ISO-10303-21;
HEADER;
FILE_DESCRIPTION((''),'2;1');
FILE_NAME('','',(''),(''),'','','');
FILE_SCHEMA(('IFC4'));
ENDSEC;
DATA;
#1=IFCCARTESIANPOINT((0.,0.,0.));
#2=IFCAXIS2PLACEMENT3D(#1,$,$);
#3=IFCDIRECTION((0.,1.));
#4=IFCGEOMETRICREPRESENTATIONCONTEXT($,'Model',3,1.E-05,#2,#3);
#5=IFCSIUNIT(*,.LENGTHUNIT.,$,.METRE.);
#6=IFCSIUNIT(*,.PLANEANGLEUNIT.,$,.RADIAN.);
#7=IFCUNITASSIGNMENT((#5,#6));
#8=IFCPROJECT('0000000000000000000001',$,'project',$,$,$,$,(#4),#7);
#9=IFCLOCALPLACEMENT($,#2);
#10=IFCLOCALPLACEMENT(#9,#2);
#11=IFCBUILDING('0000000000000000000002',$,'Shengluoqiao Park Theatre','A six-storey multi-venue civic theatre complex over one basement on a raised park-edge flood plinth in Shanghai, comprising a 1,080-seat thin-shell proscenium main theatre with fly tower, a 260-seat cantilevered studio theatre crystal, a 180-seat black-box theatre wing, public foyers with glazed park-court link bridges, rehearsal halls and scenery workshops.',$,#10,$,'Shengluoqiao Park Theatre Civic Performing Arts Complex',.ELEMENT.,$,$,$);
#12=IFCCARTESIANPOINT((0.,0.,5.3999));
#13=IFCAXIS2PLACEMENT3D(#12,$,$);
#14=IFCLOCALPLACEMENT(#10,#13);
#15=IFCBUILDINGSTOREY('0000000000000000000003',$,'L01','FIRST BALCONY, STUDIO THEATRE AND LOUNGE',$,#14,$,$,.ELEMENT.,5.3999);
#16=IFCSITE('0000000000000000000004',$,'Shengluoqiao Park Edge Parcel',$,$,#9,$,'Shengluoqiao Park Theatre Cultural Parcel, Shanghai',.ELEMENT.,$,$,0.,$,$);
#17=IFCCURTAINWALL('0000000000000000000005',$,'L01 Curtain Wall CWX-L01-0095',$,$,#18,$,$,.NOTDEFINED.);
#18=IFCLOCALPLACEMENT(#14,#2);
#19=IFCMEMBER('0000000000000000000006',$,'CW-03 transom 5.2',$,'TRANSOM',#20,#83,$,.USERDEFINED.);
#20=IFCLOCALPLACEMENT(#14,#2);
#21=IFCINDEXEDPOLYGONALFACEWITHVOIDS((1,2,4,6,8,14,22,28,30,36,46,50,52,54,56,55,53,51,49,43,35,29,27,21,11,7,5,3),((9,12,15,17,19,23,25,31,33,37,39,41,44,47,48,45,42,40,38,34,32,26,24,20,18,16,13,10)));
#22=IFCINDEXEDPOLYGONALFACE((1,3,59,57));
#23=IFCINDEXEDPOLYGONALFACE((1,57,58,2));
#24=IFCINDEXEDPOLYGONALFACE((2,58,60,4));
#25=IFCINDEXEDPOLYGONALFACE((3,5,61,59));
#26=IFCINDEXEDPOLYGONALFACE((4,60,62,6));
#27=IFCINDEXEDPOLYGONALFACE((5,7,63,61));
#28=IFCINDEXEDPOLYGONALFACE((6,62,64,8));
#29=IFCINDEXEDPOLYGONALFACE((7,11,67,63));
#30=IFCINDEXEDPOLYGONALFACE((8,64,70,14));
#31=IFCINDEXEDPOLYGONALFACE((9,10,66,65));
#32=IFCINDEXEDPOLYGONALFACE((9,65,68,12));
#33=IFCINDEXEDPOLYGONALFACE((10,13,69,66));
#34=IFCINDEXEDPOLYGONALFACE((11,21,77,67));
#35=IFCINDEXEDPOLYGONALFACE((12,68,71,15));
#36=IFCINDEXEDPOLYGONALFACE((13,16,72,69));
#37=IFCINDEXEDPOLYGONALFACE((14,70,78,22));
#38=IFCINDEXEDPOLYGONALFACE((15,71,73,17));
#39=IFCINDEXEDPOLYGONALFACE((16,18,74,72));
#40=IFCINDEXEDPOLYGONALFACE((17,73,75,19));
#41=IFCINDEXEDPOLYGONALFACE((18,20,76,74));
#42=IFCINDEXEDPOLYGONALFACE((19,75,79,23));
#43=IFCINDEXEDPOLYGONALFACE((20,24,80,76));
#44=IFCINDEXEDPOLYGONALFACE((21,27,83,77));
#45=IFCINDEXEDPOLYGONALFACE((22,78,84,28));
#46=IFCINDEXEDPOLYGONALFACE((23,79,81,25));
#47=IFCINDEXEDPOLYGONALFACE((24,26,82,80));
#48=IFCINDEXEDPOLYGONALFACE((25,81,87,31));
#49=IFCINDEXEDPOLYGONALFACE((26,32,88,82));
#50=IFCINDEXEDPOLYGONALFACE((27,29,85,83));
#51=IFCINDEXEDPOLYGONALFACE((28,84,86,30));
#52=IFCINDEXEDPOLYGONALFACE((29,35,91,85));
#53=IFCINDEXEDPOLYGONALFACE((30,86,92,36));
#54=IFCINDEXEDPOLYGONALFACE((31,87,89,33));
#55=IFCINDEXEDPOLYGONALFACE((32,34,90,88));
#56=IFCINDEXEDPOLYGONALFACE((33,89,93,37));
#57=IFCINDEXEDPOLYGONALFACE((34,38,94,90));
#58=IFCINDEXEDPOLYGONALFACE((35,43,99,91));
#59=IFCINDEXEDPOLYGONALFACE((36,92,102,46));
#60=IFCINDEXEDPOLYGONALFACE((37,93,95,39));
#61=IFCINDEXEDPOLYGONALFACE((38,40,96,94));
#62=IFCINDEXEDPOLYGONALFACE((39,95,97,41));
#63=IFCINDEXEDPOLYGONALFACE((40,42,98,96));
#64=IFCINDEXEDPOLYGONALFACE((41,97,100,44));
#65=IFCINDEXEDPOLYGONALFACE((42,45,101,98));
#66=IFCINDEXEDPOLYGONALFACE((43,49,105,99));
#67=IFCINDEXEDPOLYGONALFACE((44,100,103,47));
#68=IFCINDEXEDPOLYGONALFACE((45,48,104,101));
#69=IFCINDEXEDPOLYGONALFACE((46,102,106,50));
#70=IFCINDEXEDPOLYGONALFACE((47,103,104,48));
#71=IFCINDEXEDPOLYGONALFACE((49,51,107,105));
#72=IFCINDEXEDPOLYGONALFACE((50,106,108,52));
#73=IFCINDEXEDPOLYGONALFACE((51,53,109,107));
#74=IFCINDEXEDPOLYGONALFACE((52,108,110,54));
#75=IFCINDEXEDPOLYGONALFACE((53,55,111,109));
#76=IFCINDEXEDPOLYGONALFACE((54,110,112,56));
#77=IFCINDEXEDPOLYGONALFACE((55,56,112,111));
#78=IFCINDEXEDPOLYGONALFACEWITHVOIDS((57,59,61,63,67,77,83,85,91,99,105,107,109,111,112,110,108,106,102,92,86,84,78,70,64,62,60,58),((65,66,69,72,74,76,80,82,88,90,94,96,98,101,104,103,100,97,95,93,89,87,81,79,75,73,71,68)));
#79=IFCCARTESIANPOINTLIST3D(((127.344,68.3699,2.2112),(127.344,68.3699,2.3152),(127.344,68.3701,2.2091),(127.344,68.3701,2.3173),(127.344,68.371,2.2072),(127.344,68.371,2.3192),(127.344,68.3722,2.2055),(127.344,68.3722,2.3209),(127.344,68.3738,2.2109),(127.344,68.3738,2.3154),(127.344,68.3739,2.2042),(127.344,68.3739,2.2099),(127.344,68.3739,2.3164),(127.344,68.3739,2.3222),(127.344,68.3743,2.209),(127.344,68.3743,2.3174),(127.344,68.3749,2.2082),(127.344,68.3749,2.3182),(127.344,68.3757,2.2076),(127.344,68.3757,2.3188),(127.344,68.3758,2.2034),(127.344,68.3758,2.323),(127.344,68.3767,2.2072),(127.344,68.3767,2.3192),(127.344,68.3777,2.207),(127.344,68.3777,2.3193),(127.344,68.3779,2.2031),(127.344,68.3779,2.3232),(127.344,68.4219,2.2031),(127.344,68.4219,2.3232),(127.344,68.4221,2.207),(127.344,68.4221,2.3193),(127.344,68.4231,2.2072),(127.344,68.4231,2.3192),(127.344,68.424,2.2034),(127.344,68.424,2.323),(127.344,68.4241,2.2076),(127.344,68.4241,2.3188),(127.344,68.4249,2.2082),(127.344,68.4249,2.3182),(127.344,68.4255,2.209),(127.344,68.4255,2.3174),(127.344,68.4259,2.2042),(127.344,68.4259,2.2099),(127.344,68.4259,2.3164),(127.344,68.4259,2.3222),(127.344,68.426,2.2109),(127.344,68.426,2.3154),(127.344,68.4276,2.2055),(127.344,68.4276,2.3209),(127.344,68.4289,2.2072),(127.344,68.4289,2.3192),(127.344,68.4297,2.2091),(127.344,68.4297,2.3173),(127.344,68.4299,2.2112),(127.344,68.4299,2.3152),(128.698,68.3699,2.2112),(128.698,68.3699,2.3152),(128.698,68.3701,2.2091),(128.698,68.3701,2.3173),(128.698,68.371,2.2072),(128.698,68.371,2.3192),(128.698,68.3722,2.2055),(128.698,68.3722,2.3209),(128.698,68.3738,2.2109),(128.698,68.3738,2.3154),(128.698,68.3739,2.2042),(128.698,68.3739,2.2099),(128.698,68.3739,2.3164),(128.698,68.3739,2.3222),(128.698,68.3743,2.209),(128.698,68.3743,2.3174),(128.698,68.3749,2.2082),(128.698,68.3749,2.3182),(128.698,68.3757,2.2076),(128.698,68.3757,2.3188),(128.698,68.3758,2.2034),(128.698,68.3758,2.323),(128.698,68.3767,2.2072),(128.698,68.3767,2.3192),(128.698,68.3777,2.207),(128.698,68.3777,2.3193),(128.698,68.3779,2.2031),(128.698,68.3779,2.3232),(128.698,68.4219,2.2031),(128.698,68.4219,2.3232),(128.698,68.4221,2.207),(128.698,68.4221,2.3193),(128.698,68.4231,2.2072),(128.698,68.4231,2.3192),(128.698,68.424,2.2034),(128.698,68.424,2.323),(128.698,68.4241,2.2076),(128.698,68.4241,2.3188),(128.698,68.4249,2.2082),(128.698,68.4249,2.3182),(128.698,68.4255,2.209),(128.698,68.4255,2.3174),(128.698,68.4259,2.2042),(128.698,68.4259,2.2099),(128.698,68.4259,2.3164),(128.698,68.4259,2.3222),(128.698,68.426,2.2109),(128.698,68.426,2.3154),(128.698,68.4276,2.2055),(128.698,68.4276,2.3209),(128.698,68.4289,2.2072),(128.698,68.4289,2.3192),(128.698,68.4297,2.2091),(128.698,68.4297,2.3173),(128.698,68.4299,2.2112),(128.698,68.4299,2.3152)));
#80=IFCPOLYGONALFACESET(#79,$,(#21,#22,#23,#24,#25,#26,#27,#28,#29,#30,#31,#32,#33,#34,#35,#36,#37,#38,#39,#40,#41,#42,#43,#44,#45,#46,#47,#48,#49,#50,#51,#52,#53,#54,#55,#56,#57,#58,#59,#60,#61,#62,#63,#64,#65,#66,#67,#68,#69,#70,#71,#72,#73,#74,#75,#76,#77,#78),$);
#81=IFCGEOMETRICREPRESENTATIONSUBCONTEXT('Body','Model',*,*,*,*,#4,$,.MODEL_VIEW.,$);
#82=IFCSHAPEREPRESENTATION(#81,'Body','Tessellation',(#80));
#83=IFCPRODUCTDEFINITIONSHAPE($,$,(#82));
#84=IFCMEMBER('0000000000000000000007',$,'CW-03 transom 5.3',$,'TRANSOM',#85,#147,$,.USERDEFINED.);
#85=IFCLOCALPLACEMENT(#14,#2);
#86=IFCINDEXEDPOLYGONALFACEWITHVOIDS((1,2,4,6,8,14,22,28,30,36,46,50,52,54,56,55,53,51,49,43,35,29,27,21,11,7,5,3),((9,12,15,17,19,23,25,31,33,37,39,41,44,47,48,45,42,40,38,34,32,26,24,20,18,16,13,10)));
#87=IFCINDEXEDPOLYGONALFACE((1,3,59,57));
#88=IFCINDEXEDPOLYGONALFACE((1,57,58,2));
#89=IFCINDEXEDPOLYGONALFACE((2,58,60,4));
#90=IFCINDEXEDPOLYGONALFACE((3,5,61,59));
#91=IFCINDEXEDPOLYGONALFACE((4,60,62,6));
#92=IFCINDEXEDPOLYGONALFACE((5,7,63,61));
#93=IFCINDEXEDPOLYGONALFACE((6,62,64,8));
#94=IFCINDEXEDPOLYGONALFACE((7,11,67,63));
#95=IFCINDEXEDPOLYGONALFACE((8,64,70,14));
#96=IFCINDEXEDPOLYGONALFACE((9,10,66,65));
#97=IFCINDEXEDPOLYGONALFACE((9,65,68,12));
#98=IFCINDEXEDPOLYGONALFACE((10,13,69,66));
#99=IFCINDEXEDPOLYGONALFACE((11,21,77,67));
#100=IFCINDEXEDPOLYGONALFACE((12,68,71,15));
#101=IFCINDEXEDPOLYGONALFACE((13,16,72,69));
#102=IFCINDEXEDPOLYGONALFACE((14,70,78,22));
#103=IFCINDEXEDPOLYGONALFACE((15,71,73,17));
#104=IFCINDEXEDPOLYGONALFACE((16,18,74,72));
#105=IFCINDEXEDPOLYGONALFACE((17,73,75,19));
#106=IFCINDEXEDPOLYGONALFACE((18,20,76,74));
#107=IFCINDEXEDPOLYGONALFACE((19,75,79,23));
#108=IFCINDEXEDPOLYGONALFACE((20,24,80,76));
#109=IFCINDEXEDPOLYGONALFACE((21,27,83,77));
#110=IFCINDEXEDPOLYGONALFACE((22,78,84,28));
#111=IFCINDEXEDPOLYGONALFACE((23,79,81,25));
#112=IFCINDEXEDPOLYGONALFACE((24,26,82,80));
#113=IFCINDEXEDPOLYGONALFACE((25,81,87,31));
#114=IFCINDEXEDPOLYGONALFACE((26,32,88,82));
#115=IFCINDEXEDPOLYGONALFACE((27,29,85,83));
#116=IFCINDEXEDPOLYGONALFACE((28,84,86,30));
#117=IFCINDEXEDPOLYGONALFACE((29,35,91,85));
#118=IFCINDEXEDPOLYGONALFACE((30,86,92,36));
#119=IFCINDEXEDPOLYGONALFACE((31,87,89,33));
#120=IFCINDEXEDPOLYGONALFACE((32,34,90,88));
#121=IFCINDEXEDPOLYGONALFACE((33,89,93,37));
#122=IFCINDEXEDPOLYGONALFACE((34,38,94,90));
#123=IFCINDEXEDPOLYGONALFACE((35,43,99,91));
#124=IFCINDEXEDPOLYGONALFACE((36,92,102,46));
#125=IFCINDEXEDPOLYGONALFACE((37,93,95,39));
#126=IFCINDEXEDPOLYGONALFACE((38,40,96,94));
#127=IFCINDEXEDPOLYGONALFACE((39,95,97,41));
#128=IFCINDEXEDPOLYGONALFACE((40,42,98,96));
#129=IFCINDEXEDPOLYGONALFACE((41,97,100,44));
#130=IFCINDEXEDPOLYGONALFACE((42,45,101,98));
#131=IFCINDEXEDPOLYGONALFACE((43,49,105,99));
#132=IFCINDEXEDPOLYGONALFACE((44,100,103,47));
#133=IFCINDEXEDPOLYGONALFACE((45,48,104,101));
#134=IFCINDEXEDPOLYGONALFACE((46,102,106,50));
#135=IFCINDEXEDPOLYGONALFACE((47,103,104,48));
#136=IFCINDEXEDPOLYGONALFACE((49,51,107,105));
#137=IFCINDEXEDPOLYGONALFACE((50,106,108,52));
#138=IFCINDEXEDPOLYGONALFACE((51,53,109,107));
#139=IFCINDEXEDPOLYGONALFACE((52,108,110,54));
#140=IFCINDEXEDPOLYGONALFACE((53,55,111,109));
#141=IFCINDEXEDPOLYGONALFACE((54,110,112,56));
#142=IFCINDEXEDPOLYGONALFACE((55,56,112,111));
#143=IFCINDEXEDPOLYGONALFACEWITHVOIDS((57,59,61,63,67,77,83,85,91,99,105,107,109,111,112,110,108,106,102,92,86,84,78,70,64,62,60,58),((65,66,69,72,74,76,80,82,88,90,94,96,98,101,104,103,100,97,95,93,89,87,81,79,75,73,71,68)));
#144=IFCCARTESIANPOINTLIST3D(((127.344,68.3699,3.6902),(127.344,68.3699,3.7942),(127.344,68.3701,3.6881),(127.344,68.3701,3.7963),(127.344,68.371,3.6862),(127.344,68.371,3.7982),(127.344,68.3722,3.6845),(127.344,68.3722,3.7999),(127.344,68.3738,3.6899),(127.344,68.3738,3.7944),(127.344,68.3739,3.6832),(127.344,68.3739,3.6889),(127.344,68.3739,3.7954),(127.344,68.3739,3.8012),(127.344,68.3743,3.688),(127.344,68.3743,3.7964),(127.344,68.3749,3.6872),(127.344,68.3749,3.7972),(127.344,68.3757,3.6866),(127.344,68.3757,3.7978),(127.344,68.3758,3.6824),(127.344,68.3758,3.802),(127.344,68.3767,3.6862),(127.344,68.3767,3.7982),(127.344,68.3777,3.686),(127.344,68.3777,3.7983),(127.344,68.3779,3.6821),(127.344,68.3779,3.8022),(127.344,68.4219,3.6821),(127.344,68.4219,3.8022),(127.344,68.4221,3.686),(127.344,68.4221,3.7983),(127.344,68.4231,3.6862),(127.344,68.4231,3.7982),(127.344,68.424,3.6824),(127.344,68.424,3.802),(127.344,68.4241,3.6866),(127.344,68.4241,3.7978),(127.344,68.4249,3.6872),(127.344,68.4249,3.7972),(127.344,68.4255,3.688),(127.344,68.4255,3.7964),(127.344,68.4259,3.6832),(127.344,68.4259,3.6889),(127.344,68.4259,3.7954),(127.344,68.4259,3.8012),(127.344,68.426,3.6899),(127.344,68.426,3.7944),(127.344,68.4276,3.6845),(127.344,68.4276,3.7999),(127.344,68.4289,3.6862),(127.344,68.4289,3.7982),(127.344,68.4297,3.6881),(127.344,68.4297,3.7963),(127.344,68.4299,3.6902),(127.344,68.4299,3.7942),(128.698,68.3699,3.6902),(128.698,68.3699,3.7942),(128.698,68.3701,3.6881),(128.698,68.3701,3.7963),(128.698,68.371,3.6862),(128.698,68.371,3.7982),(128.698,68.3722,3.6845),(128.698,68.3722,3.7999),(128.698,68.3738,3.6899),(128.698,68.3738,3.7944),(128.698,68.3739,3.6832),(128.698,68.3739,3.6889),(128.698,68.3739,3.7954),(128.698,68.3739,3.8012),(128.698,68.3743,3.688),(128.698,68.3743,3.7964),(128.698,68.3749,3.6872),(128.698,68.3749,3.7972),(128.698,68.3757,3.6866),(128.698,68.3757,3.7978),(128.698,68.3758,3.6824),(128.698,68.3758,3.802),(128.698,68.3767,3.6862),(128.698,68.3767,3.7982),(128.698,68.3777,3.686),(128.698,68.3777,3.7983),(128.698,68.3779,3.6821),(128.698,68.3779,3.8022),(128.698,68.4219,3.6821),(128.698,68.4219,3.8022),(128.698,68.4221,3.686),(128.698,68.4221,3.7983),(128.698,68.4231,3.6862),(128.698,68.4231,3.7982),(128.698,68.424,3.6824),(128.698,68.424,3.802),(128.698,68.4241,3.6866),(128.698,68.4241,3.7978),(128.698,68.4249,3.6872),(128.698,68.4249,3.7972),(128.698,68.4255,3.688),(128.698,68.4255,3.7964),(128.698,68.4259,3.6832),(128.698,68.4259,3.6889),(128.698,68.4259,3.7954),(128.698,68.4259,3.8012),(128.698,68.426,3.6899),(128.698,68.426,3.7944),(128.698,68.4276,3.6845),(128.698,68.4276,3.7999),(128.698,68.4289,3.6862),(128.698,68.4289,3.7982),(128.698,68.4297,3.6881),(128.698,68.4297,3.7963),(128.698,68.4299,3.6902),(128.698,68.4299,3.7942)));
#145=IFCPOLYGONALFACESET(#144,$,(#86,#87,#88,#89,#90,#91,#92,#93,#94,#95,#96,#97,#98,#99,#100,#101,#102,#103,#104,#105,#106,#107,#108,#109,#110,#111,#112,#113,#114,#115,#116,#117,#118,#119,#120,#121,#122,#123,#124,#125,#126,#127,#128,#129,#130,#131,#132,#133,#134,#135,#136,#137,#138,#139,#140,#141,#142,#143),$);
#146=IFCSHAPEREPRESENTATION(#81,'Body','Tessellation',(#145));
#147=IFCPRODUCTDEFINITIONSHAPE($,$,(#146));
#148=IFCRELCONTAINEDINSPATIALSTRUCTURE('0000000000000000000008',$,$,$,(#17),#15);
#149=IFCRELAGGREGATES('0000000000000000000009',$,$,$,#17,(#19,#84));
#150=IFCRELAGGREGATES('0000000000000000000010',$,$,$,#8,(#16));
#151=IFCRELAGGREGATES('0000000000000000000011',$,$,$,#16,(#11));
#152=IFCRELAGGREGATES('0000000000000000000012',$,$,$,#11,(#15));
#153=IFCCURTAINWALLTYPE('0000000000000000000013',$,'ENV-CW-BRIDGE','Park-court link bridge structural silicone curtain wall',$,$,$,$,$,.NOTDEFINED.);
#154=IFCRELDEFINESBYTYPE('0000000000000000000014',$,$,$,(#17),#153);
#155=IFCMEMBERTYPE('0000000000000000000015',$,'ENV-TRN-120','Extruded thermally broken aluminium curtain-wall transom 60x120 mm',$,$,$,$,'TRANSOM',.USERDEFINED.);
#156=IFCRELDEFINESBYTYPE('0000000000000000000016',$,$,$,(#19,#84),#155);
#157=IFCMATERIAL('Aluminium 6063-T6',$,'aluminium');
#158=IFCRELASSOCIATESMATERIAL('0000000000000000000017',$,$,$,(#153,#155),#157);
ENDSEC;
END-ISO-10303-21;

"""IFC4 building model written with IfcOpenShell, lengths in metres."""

from ifc_helpers import new_model, si_unit, direction, frame, origin, origin_2d, place, context, subcontext, project, spatial, hollow_rectangle, extrude, material, material_profile, profile_set, type_object, element, aggregate, save


model = new_model("IFC4")

# Units and contexts
model_context = context("Model", 3, precision=1e-05, world=origin(), true_north=direction((0.0, 1.0)))
body_context = subcontext(model_context, "Body", "Model", "MODEL_VIEW")
ifc_project = project(units=[si_unit("LENGTHUNIT", "METRE"), si_unit("PLANEANGLEUNIT", "RADIAN")], contexts=[model_context])

# Site, building, storey
site_placement = place(None, origin())
site = spatial("IfcSite", under=ifc_project, at=site_placement, Name="Shengluoqiao Park Edge Parcel", LongName="Shengluoqiao Park Theatre Cultural Parcel, Shanghai", CompositionType="ELEMENT", RefElevation=0.0)
building_placement = place(site_placement, origin())
building = spatial("IfcBuilding", under=site, at=building_placement, Name="Shengluoqiao Park Theatre", Description="A six-storey multi-venue civic theatre complex over one basement on a raised park-edge flood plinth in Shanghai, comprising a 1,080-seat thin-shell proscenium main theatre with fly tower, a 260-seat cantilevered studio theatre crystal, a 180-seat black-box theatre wing, public foyers with glazed park-court link bridges, rehearsal halls and scenery workshops.", LongName="Shengluoqiao Park Theatre Civic Performing Arts Complex", CompositionType="ELEMENT")
storey_placement = place(building_placement, frame((0.0, 0.0, 5.3999)))
storey = spatial("IfcBuildingStorey", under=building, at=storey_placement, Name="L01", Description="FIRST BALCONY, STUDIO THEATRE AND LOUNGE", CompositionType="ELEMENT", Elevation=5.3999)

# Curtain wall
ifc_material_1 = material(Name="Aluminium 6063-T6", Category="aluminium")
curtain_wall_type = type_object("IfcCurtainWallType", Name="ENV-CW-BRIDGE", Description="Park-court link bridge structural silicone curtain wall", PredefinedType="NOTDEFINED", material=ifc_material_1)
curtain_wall_1_placement = place(storey_placement, origin())
curtain_wall_1 = element("IfcCurtainWall", 1, at=curtain_wall_1_placement, inside=storey, type_object=curtain_wall_type, Name="L01 Curtain Wall CWX-L01-0095", PredefinedType="NOTDEFINED")

# Members
ifc_material_profile_1 = material_profile(ifc_material_1, hollow_rectangle(XDim=0.0601, YDim=0.1201, WallThickness=0.0039, InnerFilletRadius=0.0039, OuterFilletRadius=0.0081, at=origin_2d()), Name="ALU TRANSOM 120x60x4")
ifc_profile_set_1 = profile_set([ifc_material_profile_1], Name="Aluminium 6063-T6")
member_type_1 = type_object("IfcMemberType", Name="ENV-TRN-120", Description="Extruded thermally broken aluminium curtain-wall transom 60x120 mm", ElementType="TRANSOM", PredefinedType="USERDEFINED", material=ifc_profile_set_1)
member_1_placement = place(storey_placement, frame((127.344, 68.3999, 2.2632), z_axis=(1.0, 0.0, 0.0), x_axis=(0.0, 1.0, 0.0)))
member_1 = element("IfcMember", 2, at=member_1_placement, type_object=member_type_1, Name="CW-03 transom 5.2", ObjectType="TRANSOM", PredefinedType="USERDEFINED", context=body_context, shape_type="SweptSolid", body=[
    extrude(hollow_rectangle(XDim=0.0601, YDim=0.1201, WallThickness=0.0039, InnerFilletRadius=0.0039, OuterFilletRadius=0.0081, at=origin_2d()), origin(), (0.0, 0.0, 1.0), 1.354),
])
member_2_placement = place(storey_placement, frame((127.344, 68.3999, 3.7422), z_axis=(1.0, 0.0, 0.0), x_axis=(0.0, 1.0, 0.0)))
member_2 = element("IfcMember", 3, at=member_2_placement, type_object=member_type_1, Name="CW-03 transom 5.3", ObjectType="TRANSOM", PredefinedType="USERDEFINED", context=body_context, shape_type="SweptSolid", body=[
    extrude(hollow_rectangle(XDim=0.0601, YDim=0.1201, WallThickness=0.0039, InnerFilletRadius=0.0039, OuterFilletRadius=0.0081, at=origin_2d()), origin(), (0.0, 0.0, 1.0), 1.354),
])

aggregate(curtain_wall_1, [member_1, member_2])

save(model, "model.ifc")
